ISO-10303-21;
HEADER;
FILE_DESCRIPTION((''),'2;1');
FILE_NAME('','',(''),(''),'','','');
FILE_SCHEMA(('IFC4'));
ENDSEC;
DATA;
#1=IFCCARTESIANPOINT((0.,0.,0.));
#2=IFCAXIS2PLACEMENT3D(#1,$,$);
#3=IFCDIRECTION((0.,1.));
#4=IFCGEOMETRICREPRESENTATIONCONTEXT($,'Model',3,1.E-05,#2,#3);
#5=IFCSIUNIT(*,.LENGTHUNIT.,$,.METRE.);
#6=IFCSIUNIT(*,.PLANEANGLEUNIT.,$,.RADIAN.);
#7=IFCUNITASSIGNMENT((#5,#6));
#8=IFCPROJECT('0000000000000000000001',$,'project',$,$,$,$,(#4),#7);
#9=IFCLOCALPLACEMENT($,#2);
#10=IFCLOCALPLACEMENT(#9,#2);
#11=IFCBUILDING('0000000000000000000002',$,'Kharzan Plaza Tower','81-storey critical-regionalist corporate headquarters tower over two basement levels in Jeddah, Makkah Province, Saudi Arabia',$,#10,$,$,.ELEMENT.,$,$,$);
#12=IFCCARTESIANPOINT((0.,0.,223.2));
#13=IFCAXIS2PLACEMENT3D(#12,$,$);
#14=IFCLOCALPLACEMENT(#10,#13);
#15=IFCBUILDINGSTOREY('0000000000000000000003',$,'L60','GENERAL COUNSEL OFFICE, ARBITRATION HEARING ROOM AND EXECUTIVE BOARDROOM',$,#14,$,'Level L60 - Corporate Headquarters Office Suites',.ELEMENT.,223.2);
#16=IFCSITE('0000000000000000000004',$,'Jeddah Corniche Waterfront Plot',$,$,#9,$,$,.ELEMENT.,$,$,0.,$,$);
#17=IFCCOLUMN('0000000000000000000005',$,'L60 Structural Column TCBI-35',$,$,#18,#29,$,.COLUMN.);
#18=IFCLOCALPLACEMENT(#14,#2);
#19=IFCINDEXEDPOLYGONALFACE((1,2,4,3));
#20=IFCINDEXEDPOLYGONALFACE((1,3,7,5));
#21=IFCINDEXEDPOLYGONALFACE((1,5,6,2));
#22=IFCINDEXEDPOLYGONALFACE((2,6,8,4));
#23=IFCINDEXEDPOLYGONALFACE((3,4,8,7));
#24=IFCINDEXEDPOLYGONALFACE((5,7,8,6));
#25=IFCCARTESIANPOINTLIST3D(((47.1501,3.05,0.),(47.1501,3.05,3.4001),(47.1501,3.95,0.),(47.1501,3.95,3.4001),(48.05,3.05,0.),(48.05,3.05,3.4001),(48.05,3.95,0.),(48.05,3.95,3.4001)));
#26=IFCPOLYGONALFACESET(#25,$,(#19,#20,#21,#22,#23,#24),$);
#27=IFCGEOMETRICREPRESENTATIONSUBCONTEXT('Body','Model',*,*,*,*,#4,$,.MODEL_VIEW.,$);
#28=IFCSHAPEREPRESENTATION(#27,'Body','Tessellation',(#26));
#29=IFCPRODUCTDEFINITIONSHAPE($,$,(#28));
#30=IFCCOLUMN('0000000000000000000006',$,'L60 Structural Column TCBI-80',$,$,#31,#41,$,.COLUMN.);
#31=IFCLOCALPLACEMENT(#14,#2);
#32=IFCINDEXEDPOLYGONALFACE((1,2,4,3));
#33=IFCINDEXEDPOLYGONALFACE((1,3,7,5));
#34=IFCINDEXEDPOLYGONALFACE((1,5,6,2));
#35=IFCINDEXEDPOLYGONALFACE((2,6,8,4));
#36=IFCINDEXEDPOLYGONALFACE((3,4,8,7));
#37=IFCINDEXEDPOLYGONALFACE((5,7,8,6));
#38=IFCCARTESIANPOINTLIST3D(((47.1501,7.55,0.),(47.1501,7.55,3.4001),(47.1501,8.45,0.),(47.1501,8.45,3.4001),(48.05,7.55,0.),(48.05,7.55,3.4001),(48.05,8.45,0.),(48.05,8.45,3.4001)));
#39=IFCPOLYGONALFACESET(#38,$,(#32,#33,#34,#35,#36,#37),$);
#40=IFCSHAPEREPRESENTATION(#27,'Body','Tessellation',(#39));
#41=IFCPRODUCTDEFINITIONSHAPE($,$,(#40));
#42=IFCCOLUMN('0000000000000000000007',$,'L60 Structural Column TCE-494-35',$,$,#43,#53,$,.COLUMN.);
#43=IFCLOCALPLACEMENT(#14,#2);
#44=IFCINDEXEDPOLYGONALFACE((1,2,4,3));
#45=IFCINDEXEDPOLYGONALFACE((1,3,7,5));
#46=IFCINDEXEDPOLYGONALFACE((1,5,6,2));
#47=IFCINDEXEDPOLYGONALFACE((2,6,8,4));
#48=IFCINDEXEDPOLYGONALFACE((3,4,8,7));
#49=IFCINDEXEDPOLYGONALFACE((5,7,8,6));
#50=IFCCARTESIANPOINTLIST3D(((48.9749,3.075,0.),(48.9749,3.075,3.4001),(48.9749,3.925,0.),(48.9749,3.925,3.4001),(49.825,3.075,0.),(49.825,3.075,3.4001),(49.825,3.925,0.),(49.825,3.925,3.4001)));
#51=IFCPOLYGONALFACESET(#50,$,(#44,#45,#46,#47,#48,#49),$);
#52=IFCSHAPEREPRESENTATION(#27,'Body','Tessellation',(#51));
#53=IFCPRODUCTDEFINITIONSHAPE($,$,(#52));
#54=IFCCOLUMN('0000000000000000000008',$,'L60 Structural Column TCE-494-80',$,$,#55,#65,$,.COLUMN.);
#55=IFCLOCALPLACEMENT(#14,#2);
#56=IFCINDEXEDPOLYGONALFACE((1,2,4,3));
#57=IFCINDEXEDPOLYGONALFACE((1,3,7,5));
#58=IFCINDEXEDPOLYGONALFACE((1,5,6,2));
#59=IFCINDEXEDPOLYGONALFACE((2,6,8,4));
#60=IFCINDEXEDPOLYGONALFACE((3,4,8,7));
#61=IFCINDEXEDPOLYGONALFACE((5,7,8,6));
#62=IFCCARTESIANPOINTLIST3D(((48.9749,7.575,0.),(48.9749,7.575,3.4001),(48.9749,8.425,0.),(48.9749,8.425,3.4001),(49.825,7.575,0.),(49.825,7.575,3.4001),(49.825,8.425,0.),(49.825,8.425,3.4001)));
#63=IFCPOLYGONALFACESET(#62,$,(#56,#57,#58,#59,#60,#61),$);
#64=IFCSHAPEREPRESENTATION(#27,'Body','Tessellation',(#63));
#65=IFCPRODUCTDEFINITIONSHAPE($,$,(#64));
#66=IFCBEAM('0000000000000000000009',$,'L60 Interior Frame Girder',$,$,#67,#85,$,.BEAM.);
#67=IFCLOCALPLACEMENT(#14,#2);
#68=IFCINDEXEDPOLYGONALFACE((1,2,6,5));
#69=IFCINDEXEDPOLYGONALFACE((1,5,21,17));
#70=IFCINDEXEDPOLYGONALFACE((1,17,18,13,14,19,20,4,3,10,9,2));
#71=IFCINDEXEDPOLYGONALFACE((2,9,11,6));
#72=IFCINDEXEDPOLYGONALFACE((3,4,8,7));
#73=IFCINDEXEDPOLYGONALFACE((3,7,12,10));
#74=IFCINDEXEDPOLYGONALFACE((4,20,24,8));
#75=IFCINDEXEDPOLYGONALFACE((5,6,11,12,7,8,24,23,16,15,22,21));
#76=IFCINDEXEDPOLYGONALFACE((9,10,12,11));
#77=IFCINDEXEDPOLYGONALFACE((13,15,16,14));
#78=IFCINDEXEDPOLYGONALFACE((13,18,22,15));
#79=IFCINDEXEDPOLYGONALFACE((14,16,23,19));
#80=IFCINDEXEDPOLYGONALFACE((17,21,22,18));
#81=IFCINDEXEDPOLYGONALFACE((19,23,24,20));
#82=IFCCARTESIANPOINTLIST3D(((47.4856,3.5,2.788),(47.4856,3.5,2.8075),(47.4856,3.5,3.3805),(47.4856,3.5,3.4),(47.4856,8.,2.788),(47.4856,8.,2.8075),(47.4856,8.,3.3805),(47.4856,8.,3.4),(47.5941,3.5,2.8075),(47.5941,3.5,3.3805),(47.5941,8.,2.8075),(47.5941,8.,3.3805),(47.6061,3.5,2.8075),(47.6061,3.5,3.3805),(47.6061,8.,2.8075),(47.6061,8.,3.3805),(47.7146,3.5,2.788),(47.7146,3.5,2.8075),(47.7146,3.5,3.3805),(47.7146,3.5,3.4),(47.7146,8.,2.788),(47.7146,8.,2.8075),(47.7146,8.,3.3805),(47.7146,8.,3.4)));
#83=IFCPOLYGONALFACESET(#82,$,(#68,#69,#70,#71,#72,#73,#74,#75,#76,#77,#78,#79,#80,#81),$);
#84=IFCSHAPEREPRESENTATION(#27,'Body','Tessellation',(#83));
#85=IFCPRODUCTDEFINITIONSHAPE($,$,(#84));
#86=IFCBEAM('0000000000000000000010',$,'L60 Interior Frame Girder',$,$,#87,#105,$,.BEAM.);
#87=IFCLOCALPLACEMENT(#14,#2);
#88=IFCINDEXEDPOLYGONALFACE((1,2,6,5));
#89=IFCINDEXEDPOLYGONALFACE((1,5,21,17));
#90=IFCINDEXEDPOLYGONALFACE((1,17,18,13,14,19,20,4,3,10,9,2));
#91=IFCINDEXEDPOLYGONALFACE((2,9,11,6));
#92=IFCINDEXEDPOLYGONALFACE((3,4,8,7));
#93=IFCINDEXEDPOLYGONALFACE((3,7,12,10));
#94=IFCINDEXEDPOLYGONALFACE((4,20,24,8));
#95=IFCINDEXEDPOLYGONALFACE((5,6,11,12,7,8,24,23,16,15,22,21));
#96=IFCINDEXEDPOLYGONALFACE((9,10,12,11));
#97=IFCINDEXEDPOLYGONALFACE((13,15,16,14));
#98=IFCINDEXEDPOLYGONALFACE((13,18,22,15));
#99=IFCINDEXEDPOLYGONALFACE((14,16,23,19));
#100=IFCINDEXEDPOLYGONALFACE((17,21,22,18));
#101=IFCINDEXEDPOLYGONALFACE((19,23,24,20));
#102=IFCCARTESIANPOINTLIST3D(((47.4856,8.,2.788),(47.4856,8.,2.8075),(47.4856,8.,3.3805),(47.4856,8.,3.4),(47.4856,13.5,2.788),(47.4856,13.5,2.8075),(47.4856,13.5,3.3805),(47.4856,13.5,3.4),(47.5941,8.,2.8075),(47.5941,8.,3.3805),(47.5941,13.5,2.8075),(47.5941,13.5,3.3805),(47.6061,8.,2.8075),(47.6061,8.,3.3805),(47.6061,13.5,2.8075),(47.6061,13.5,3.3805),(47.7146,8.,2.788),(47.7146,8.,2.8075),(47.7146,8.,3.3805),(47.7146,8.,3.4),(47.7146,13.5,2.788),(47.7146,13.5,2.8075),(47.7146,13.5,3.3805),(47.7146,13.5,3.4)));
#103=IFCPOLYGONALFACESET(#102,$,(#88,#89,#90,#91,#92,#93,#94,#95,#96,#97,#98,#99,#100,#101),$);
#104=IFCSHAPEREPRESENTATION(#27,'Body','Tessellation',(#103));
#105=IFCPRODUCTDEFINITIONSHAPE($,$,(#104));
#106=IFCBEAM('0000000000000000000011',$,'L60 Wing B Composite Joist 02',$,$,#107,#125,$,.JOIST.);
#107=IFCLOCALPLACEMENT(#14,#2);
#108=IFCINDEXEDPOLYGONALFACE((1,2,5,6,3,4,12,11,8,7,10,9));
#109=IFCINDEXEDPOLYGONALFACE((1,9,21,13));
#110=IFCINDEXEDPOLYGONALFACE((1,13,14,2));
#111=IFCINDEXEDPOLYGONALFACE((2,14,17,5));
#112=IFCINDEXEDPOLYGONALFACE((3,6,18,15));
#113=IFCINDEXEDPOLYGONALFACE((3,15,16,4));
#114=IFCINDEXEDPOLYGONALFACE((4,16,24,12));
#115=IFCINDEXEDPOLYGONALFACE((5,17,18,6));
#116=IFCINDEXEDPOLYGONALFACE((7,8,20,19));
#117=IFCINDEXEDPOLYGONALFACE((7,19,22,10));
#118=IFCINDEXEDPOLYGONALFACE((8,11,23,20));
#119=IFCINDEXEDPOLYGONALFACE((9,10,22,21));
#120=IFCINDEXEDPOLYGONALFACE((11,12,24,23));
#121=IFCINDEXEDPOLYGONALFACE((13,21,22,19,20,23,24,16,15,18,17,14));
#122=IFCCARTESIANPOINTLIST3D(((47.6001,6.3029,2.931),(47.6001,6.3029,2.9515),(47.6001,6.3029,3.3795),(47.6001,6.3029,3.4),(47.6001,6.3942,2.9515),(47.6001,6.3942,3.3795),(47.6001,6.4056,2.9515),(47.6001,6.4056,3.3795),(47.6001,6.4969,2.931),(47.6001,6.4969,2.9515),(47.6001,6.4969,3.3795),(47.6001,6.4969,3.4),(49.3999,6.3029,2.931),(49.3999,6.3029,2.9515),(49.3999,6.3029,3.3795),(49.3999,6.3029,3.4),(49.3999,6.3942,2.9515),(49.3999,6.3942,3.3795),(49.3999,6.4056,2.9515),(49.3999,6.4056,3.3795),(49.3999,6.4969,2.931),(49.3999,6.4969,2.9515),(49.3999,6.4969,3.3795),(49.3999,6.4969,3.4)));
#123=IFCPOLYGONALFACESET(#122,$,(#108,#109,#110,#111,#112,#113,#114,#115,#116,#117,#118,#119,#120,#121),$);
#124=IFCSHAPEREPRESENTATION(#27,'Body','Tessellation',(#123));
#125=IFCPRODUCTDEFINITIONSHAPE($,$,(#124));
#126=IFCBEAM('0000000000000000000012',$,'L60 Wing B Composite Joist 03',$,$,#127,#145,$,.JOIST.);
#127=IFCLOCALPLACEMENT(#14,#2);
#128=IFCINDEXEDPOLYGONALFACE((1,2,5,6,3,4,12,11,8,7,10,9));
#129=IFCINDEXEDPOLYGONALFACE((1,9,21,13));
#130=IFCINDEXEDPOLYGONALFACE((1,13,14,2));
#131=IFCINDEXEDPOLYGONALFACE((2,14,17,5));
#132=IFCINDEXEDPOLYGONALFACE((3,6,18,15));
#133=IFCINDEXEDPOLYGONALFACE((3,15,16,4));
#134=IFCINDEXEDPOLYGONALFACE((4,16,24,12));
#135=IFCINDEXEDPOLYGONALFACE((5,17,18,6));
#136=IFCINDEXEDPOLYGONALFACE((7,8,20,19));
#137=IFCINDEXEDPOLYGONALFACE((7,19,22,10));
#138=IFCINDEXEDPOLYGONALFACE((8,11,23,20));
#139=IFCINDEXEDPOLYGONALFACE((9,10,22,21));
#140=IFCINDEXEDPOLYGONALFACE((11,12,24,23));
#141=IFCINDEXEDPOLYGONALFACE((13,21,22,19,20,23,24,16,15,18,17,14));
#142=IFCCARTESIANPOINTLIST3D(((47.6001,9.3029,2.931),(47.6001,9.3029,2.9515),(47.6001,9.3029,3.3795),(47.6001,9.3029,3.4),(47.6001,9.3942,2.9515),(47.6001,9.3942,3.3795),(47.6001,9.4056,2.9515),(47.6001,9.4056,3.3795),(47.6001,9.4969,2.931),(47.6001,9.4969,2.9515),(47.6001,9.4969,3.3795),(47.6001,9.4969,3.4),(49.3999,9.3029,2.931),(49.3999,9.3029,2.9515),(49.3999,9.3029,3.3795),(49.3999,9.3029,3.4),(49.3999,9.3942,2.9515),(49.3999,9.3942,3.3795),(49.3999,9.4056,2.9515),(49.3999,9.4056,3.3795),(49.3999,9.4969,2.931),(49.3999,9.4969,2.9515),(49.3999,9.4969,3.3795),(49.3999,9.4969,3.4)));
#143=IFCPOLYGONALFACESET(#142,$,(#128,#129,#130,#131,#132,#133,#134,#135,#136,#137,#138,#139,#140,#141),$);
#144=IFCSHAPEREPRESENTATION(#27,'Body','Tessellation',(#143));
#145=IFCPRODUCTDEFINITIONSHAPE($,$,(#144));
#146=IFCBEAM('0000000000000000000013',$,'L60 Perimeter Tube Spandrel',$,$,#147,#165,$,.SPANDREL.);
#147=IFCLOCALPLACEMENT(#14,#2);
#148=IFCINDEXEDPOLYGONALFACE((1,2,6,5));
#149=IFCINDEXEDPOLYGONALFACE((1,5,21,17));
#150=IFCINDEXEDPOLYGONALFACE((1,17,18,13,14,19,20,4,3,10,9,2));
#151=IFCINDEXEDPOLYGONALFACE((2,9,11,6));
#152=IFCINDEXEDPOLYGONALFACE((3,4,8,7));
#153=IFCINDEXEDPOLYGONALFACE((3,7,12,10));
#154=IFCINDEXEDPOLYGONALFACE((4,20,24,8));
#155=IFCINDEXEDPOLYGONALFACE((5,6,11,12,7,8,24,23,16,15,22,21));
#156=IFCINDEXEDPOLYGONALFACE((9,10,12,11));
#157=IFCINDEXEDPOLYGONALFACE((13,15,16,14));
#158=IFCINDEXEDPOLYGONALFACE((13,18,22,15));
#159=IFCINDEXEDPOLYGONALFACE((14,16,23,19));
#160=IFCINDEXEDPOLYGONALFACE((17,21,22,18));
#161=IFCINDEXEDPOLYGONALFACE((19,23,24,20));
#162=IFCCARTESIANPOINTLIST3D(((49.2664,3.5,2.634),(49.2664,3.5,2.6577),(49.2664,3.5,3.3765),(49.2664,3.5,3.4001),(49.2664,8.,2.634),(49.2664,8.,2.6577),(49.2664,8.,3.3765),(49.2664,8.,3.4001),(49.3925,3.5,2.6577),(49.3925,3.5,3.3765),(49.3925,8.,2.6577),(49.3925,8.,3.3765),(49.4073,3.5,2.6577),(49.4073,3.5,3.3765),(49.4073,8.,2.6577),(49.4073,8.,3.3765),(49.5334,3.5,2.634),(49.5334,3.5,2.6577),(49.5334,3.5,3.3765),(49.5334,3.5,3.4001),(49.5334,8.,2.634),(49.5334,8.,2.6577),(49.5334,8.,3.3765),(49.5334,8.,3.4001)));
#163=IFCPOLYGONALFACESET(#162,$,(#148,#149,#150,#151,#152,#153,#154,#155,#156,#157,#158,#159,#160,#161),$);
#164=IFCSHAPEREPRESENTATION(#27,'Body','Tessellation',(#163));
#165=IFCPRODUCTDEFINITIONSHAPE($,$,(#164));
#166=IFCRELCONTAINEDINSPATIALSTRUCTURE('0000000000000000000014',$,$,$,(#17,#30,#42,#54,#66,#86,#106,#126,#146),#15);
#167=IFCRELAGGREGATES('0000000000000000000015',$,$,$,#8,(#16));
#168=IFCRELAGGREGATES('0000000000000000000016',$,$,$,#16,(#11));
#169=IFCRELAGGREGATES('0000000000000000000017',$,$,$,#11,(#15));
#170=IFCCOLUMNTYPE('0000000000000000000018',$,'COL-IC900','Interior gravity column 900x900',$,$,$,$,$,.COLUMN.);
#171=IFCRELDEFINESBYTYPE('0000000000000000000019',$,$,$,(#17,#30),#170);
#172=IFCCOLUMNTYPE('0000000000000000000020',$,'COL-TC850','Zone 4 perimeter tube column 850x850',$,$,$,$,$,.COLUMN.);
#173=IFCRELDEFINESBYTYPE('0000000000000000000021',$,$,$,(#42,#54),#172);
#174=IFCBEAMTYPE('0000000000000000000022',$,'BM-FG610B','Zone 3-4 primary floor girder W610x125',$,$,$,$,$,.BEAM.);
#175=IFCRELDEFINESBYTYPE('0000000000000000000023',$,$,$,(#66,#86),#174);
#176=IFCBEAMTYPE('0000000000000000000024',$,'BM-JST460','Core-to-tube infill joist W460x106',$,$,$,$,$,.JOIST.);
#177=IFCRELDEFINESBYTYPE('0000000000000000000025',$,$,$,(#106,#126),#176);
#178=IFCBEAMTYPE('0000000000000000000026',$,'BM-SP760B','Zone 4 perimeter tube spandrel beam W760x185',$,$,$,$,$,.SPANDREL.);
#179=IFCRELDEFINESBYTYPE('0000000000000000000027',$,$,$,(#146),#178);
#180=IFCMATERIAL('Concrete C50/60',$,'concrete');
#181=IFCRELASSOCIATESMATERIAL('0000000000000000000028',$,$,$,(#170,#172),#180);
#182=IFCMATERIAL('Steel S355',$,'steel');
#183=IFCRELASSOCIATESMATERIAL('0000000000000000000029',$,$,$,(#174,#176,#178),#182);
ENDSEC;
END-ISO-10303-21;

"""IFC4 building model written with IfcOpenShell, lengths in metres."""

from ifc_helpers import new_model, si_unit, direction, frame, origin, origin_2d, place, context, subcontext, project, spatial, rectangle, i_section, extrude, source, transform, mapped, material, material_profile, profile_set, type_object, element, save


model = new_model("IFC4")

# Units and contexts
model_context = context("Model", 3, precision=1e-05, world=origin(), true_north=direction((0.0, 1.0)))
body_context = subcontext(model_context, "Body", "Model", "MODEL_VIEW")
ifc_project = project(units=[si_unit("LENGTHUNIT", "METRE"), si_unit("PLANEANGLEUNIT", "RADIAN")], contexts=[model_context])

# Site, building, storey
site_placement = place(None, origin())
site = spatial("IfcSite", under=ifc_project, at=site_placement, Name="Jeddah Corniche Waterfront Plot", CompositionType="ELEMENT", RefElevation=0.0)
building_placement = place(site_placement, origin())
building = spatial("IfcBuilding", under=site, at=building_placement, Name="Kharzan Plaza Tower", Description="81-storey critical-regionalist corporate headquarters tower over two basement levels in Jeddah, Makkah Province, Saudi Arabia", CompositionType="ELEMENT")
storey_placement = place(building_placement, frame((0.0, 0.0, 223.2)))
storey = spatial("IfcBuildingStorey", under=building, at=storey_placement, Name="L60", Description="GENERAL COUNSEL OFFICE, ARBITRATION HEARING ROOM AND EXECUTIVE BOARDROOM", LongName="Level L60 - Corporate Headquarters Office Suites", CompositionType="ELEMENT", Elevation=223.2)

# Columns
ifc_material_1 = material(Name="Concrete C50/60", Category="concrete")
ifc_material_profile_1 = material_profile(ifc_material_1, rectangle(XDim=0.8999, YDim=0.8999, at=origin_2d()), Name="RC-IC900x900")
ifc_profile_set_1 = profile_set([ifc_material_profile_1], Name="Concrete C50/60")
column_type_1 = type_object("IfcColumnType", Name="COL-IC900", Description="Interior gravity column 900x900", PredefinedType="COLUMN", material=ifc_profile_set_1)
shared_shape_1 = source(origin(), body_context, "Body", "SweptSolid", [
    extrude(rectangle(XDim=0.8999, YDim=0.8999, at=origin_2d()), origin(), (0.0, 0.0, 1.0), 3.4001),
])
for number, where, z_axis, x_axis, name in (
    (1, (47.6001, 3.5, 0.0), (0.0, 0.0, 1.0), (1.0, 0.0, 0.0), "L60 Structural Column TCBI-35"),
    (2, (47.6001, 8.0, 0.0), (0.0, 0.0, 1.0), (1.0, 0.0, 0.0), "L60 Structural Column TCBI-80"),
):
    element("IfcColumn", number, at=place(storey_placement, frame(where, z_axis=z_axis, x_axis=x_axis)), inside=storey, type_object=column_type_1, Name=name, PredefinedType="COLUMN", context=body_context, shape_type="MappedRepresentation", body=[
        mapped(shared_shape_1, transform((0.0, 0.0, 0.0), x_axis=(1.0, 0.0, 0.0), y_axis=(0.0, 1.0, 0.0), z_axis=(0.0, 0.0, 1.0))),
    ])
ifc_material_profile_2 = material_profile(ifc_material_1, rectangle(XDim=0.8501, YDim=0.8501, at=origin_2d()), Name="RC-TC850x850")
ifc_profile_set_2 = profile_set([ifc_material_profile_2], Name="Concrete C50/60")
column_type_2 = type_object("IfcColumnType", Name="COL-TC850", Description="Zone 4 perimeter tube column 850x850", PredefinedType="COLUMN", material=ifc_profile_set_2)
shared_shape_2 = source(origin(), body_context, "Body", "SweptSolid", [
    extrude(rectangle(XDim=0.8501, YDim=0.8501, at=origin_2d()), origin(), (0.0, 0.0, 1.0), 3.4001),
])
for number, where, z_axis, x_axis, name in (
    (3, (49.3999, 3.5, 0.0), (0.0, 0.0, 1.0), (1.0, 0.0, 0.0), "L60 Structural Column TCE-494-35"),
    (4, (49.3999, 8.0, 0.0), (0.0, 0.0, 1.0), (1.0, 0.0, 0.0), "L60 Structural Column TCE-494-80"),
):
    element("IfcColumn", number, at=place(storey_placement, frame(where, z_axis=z_axis, x_axis=x_axis)), inside=storey, type_object=column_type_2, Name=name, PredefinedType="COLUMN", context=body_context, shape_type="MappedRepresentation", body=[
        mapped(shared_shape_2, transform((0.0, 0.0, 0.0), x_axis=(1.0, 0.0, 0.0), y_axis=(0.0, 1.0, 0.0), z_axis=(0.0, 0.0, 1.0))),
    ])

# Beams
ifc_material_2 = material(Name="Steel S355", Category="steel")
ifc_material_profile_3 = material_profile(ifc_material_2, i_section(OverallWidth=0.229, OverallDepth=0.6121, WebThickness=0.012, FlangeThickness=0.0195, at=origin_2d()), Name="W610x125")
ifc_profile_set_3 = profile_set([ifc_material_profile_3], Name="Steel S355")
beam_type_1 = type_object("IfcBeamType", Name="BM-FG610B", Description="Zone 3-4 primary floor girder W610x125", PredefinedType="BEAM", material=ifc_profile_set_3)
shared_shape_3 = source(origin(), body_context, "Body", "SweptSolid", [
    extrude(i_section(OverallWidth=0.229, OverallDepth=0.6121, WebThickness=0.012, FlangeThickness=0.0195, at=origin_2d()), origin(), (0.0, 0.0, 1.0), 4.5),
])
beam_1_placement = place(storey_placement, frame((47.6001, 3.5, 3.094), z_axis=(0.0, 1.0, 0.0), x_axis=(-1.0, 0.0, 0.0)))
element("IfcBeam", 5, at=beam_1_placement, inside=storey, type_object=beam_type_1, Name="L60 Interior Frame Girder", PredefinedType="BEAM", context=body_context, shape_type="MappedRepresentation", body=[
    mapped(shared_shape_3, transform((0.0, 0.0, 0.0), x_axis=(1.0, 0.0, 0.0), y_axis=(0.0, 1.0, 0.0), z_axis=(0.0, 0.0, 1.0))),
])
shared_shape_4 = source(origin(), body_context, "Body", "SweptSolid", [
    extrude(i_section(OverallWidth=0.229, OverallDepth=0.6121, WebThickness=0.012, FlangeThickness=0.0195, at=origin_2d()), origin(), (0.0, 0.0, 1.0), 5.5),
])
beam_2_placement = place(storey_placement, frame((47.6001, 8.0, 3.094), z_axis=(0.0, 1.0, 0.0), x_axis=(-1.0, 0.0, 0.0)))
element("IfcBeam", 6, at=beam_2_placement, inside=storey, type_object=beam_type_1, Name="L60 Interior Frame Girder", PredefinedType="BEAM", context=body_context, shape_type="MappedRepresentation", body=[
    mapped(shared_shape_4, transform((0.0, 0.0, 0.0), x_axis=(1.0, 0.0, 0.0), y_axis=(0.0, 1.0, 0.0), z_axis=(0.0, 0.0, 1.0))),
])
ifc_material_profile_4 = material_profile(ifc_material_2, i_section(OverallWidth=0.1941, OverallDepth=0.469, WebThickness=0.0115, FlangeThickness=0.0205, at=origin_2d()), Name="W460x106")
ifc_profile_set_4 = profile_set([ifc_material_profile_4], Name="Steel S355")
beam_type_2 = type_object("IfcBeamType", Name="BM-JST460", Description="Core-to-tube infill joist W460x106", PredefinedType="JOIST", material=ifc_profile_set_4)
shared_shape_5 = source(origin(), body_context, "Body", "SweptSolid", [
    extrude(i_section(OverallWidth=0.1941, OverallDepth=0.469, WebThickness=0.0115, FlangeThickness=0.0205, at=origin_2d()), origin(), (0.0, 0.0, 1.0), 1.7998),
])
for number, where, z_axis, x_axis, name in (
    (7, (47.6001, 6.3999, 3.1655), (1.0, 0.0, 0.0), (0.0, 1.0, 0.0), "L60 Wing B Composite Joist 02"),
    (8, (47.6001, 9.3999, 3.1655), (1.0, 0.0, 0.0), (0.0, 1.0, 0.0), "L60 Wing B Composite Joist 03"),
):
    element("IfcBeam", number, at=place(storey_placement, frame(where, z_axis=z_axis, x_axis=x_axis)), inside=storey, type_object=beam_type_2, Name=name, PredefinedType="JOIST", context=body_context, shape_type="MappedRepresentation", body=[
        mapped(shared_shape_5, transform((0.0, 0.0, 0.0), x_axis=(1.0, 0.0, 0.0), y_axis=(0.0, 1.0, 0.0), z_axis=(0.0, 0.0, 1.0))),
    ])
ifc_material_profile_5 = material_profile(ifc_material_2, i_section(OverallWidth=0.2671, OverallDepth=0.7661, WebThickness=0.0149, FlangeThickness=0.0237, at=origin_2d()), Name="W760x185")
ifc_profile_set_5 = profile_set([ifc_material_profile_5], Name="Steel S355")
beam_type_3 = type_object("IfcBeamType", Name="BM-SP760B", Description="Zone 4 perimeter tube spandrel beam W760x185", PredefinedType="SPANDREL", material=ifc_profile_set_5)
shared_shape_6 = source(origin(), body_context, "Body", "SweptSolid", [
    extrude(i_section(OverallWidth=0.2671, OverallDepth=0.7661, WebThickness=0.0149, FlangeThickness=0.0237, at=origin_2d()), origin(), (0.0, 0.0, 1.0), 4.5),
])
beam_3_placement = place(storey_placement, frame((49.3999, 3.5, 3.0171), z_axis=(0.0, 1.0, 0.0), x_axis=(-1.0, 0.0, 0.0)))
element("IfcBeam", 9, at=beam_3_placement, inside=storey, type_object=beam_type_3, Name="L60 Perimeter Tube Spandrel", PredefinedType="SPANDREL", context=body_context, shape_type="MappedRepresentation", body=[
    mapped(shared_shape_6, transform((0.0, 0.0, 0.0), x_axis=(1.0, 0.0, 0.0), y_axis=(0.0, 1.0, 0.0), z_axis=(0.0, 0.0, 1.0))),
])

save(model, "model.ifc")
